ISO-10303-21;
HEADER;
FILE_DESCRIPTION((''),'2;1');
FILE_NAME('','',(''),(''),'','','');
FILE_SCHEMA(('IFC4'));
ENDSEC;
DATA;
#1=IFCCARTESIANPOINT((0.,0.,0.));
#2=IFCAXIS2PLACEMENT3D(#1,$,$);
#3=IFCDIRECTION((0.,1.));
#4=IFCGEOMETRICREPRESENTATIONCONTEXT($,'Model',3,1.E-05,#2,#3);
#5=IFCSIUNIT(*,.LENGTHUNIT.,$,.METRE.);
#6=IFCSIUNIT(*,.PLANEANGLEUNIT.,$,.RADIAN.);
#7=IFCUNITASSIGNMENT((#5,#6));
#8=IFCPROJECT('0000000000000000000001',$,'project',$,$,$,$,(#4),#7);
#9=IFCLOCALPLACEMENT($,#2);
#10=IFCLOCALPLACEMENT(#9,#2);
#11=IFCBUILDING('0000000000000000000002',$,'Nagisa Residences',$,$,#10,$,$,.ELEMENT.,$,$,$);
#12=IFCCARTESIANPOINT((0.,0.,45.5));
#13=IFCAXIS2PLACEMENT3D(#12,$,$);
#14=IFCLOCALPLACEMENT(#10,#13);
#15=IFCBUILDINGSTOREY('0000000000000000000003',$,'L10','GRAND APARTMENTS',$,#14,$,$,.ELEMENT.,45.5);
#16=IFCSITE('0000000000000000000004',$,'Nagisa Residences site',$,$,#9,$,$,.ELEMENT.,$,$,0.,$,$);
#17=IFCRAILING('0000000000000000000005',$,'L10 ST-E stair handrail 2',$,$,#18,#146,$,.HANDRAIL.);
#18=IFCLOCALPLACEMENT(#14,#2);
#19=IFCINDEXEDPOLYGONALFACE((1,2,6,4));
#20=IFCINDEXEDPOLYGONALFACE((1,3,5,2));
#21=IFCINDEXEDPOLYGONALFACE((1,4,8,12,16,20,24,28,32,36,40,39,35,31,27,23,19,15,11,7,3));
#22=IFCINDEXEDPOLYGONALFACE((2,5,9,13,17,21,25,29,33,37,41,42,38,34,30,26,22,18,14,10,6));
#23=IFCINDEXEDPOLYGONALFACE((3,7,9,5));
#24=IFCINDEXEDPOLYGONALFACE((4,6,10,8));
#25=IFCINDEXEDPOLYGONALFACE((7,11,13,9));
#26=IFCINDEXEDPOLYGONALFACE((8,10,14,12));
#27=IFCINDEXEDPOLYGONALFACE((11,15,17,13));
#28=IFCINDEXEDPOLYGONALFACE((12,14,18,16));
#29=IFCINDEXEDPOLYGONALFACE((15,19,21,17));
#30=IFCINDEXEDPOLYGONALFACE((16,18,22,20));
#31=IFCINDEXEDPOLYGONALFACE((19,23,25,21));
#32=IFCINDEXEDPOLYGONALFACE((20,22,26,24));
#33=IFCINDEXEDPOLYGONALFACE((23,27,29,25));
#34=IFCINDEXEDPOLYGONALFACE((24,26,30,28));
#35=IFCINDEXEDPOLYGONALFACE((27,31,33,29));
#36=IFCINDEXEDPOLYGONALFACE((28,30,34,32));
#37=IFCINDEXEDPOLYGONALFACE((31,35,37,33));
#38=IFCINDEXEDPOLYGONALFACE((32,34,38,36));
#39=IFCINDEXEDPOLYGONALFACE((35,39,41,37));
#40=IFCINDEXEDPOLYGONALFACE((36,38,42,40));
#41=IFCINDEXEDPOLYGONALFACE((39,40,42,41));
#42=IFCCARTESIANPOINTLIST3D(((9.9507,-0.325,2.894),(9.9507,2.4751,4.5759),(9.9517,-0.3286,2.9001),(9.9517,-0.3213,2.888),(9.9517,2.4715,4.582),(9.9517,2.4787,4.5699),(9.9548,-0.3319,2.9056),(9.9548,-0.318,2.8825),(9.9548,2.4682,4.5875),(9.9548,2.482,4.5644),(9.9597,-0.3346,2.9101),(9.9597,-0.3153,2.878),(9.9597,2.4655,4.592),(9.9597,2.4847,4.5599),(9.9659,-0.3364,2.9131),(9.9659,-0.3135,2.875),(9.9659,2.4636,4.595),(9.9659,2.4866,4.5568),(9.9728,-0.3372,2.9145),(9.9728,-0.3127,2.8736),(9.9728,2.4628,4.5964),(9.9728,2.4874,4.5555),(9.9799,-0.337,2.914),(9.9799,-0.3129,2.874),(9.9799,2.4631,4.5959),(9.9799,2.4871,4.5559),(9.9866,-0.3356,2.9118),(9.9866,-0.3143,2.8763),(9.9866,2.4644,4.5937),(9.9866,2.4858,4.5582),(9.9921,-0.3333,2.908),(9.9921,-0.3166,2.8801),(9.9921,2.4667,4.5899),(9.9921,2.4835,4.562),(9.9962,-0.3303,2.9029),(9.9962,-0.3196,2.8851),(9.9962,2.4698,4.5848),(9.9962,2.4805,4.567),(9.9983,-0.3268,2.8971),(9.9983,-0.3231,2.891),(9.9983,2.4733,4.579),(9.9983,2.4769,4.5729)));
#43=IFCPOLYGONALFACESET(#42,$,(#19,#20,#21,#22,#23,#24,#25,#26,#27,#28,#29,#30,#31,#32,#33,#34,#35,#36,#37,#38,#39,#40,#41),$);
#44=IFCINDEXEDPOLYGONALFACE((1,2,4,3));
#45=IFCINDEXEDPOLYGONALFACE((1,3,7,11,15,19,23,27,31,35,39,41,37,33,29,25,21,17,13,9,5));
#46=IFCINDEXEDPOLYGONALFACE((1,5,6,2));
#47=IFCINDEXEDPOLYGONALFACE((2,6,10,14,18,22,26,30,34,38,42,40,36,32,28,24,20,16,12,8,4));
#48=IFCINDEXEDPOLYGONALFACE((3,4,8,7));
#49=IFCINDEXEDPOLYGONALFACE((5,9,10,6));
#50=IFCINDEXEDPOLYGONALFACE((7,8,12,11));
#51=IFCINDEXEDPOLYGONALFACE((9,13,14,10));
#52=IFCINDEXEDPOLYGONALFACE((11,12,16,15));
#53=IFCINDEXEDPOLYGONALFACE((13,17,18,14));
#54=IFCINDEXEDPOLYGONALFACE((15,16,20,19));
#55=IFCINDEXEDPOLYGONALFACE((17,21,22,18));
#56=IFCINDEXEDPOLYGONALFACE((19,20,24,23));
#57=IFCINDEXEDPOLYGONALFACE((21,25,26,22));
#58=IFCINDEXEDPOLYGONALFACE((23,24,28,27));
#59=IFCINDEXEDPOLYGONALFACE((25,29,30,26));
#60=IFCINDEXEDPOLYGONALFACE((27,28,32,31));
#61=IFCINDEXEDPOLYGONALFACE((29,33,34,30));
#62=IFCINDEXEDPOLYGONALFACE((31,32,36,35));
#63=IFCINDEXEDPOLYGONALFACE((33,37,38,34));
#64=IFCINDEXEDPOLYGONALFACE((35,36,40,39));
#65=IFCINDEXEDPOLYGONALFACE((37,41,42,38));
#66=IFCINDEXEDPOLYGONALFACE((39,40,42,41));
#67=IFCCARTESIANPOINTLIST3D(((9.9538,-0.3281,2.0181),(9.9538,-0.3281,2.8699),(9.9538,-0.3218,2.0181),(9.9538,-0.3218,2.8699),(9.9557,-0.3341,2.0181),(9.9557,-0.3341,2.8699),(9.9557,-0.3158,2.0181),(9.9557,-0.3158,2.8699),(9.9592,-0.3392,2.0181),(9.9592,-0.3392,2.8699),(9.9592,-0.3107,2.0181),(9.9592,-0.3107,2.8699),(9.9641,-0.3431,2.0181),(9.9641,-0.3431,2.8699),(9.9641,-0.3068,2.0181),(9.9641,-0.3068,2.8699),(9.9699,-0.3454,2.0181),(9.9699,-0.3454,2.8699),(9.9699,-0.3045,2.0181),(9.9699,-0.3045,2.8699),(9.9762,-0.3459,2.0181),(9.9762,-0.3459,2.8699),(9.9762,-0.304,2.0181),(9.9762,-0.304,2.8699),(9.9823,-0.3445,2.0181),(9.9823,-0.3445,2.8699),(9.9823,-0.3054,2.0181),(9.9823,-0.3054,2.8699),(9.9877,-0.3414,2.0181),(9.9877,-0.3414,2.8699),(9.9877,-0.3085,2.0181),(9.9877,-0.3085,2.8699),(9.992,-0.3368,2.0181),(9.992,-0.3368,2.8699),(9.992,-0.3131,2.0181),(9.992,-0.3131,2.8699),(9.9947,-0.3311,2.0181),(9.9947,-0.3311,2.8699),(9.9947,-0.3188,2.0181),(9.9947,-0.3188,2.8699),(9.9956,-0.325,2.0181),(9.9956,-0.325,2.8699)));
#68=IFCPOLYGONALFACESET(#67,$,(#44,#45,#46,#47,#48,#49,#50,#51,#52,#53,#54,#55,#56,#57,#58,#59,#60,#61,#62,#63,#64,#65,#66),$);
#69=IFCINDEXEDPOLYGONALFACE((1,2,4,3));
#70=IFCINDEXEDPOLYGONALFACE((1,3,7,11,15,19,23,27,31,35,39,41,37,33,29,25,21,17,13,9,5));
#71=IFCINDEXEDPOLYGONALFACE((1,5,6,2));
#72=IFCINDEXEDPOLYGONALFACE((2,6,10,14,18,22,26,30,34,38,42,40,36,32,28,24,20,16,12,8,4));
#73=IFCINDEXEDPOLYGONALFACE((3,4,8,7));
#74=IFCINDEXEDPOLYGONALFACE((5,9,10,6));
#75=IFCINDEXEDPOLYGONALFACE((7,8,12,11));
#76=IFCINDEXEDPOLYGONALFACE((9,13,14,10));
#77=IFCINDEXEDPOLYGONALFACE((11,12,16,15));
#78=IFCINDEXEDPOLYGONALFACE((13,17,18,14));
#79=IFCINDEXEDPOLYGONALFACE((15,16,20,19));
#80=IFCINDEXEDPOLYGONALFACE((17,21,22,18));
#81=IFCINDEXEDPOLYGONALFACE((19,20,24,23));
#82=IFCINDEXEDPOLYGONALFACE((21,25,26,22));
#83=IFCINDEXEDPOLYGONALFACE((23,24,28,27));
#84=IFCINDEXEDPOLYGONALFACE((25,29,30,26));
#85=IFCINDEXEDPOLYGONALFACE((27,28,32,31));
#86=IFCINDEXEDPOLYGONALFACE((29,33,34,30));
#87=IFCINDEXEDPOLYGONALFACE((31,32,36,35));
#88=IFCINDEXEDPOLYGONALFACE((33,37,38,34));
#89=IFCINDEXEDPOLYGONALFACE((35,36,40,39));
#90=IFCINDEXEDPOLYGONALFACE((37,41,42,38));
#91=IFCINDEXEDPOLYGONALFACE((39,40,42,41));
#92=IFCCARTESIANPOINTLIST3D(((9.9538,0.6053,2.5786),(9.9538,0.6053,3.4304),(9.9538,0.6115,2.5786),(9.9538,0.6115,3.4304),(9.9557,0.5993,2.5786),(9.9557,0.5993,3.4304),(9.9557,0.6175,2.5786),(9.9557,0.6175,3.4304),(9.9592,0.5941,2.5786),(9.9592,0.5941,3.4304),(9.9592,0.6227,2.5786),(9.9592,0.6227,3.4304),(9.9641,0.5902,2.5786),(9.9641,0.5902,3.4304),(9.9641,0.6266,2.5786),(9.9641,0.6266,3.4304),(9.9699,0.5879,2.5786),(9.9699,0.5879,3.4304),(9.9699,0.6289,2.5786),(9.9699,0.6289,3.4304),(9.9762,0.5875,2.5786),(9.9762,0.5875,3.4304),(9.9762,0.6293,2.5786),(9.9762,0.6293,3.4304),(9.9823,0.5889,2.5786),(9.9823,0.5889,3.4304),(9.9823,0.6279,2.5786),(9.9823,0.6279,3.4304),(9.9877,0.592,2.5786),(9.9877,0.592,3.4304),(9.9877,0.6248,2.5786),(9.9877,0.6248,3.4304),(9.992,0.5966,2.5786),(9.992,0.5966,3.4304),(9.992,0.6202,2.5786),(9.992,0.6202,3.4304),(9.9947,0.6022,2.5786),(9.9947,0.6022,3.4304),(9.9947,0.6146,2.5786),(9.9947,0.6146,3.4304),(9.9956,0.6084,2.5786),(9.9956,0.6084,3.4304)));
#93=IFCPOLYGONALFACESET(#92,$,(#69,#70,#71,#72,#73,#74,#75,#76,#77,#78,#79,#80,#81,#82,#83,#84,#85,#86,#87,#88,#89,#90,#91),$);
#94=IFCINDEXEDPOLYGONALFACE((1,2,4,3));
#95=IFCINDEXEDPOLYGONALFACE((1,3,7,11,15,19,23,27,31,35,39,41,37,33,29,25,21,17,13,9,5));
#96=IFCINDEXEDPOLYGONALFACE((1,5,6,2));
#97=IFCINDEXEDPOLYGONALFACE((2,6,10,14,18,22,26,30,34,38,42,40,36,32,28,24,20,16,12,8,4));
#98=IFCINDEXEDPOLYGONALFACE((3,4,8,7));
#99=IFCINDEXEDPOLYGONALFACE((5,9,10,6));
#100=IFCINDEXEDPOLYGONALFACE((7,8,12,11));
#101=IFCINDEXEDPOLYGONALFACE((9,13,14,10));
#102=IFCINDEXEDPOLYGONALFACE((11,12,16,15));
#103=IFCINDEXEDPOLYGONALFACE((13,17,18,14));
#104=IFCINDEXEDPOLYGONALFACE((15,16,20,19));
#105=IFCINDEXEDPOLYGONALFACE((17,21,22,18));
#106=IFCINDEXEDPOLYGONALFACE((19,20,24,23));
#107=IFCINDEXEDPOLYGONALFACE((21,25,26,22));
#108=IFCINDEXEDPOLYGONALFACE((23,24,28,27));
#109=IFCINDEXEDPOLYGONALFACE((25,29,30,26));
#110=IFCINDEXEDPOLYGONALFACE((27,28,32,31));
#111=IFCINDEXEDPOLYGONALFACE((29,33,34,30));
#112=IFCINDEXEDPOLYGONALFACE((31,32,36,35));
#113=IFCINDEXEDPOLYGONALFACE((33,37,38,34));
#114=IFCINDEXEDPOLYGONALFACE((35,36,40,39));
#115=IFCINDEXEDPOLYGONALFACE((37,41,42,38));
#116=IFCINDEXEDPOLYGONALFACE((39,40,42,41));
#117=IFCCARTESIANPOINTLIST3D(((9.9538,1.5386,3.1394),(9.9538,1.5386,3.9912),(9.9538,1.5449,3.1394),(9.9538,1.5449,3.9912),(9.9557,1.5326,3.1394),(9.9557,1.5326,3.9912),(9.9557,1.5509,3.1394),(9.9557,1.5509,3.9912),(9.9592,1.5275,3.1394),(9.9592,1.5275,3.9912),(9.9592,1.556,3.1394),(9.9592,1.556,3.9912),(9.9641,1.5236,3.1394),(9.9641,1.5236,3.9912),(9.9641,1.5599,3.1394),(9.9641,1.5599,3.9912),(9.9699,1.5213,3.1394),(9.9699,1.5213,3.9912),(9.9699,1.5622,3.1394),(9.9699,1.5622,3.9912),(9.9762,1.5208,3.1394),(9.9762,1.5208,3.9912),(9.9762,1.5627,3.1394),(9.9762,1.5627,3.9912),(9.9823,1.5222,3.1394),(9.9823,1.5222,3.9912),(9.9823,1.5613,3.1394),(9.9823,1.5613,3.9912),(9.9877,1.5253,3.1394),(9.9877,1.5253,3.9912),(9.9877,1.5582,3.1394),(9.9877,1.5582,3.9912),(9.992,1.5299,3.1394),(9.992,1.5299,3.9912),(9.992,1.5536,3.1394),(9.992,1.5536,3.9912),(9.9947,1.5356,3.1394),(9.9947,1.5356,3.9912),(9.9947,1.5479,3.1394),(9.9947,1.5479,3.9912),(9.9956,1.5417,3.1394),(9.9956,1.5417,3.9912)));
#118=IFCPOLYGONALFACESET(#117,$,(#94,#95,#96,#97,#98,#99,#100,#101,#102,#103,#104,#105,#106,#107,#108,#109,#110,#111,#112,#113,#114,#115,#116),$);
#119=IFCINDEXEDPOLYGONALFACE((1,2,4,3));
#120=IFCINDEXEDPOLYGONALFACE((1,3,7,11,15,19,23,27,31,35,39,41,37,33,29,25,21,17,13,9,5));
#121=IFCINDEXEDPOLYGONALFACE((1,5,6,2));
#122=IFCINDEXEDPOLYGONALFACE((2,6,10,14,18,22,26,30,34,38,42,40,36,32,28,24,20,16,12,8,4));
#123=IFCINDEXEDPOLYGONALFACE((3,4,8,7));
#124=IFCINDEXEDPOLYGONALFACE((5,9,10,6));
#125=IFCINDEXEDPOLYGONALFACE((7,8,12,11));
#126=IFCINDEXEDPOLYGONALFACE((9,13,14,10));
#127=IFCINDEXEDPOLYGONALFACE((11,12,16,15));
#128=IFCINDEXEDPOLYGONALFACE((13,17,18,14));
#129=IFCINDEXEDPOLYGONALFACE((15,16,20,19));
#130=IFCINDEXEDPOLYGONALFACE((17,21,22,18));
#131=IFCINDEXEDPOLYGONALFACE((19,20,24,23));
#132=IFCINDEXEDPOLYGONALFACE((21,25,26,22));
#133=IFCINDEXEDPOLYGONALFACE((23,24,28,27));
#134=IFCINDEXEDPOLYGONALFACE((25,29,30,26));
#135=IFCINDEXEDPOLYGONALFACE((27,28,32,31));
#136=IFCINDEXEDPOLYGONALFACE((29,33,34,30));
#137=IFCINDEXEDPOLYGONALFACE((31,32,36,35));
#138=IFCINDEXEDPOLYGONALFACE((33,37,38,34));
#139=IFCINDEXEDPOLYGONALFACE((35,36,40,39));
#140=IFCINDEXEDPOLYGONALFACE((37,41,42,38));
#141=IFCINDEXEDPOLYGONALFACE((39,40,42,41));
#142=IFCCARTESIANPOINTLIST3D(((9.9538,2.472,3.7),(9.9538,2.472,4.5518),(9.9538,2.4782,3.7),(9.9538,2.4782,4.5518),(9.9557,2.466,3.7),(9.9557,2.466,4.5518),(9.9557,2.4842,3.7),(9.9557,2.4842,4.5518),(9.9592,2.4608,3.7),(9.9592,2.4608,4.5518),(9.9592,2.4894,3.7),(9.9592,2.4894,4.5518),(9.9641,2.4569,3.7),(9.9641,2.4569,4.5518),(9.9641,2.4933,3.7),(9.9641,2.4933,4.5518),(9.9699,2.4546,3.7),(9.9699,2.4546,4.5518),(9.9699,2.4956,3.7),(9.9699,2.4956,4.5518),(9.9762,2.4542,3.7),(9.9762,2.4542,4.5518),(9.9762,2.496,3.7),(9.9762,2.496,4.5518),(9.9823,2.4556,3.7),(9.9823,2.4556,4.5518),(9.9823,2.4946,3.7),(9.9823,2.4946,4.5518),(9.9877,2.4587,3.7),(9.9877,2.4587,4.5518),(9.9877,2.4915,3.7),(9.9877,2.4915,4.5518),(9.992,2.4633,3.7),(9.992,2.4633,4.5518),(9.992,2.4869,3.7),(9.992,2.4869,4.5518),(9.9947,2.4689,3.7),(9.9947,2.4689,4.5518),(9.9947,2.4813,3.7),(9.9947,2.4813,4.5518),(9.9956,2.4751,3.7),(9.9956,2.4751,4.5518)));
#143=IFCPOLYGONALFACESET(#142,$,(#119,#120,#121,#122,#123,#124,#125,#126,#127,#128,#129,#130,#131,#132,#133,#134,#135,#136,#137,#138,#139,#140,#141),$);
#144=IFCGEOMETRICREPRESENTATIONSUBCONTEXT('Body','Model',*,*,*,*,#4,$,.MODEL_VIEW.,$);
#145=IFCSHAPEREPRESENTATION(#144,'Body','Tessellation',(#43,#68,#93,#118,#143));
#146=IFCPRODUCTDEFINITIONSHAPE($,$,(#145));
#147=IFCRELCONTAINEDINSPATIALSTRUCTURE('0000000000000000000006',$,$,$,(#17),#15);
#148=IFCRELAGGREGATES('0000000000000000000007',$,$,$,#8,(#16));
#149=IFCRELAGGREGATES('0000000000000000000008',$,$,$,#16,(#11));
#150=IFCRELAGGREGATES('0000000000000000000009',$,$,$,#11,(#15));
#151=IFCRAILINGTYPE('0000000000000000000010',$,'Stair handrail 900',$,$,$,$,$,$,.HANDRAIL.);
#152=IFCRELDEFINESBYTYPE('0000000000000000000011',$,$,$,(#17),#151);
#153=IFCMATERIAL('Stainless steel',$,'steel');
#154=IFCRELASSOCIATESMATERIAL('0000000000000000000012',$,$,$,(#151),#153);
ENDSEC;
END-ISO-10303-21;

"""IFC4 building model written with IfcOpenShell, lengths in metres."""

from ifc_helpers import new_model, si_unit, direction, frame, origin, origin_2d, place, context, subcontext, project, spatial, circle, extrude, material, type_object, element, save


model = new_model("IFC4")

# Units and contexts
model_context = context("Model", 3, precision=1e-05, world=origin(), true_north=direction((0.0, 1.0)))
body_context = subcontext(model_context, "Body", "Model", "MODEL_VIEW")
ifc_project = project(units=[si_unit("LENGTHUNIT", "METRE"), si_unit("PLANEANGLEUNIT", "RADIAN")], contexts=[model_context])

# Site, building, storey
site_placement = place(None, origin())
site = spatial("IfcSite", under=ifc_project, at=site_placement, Name="Nagisa Residences site", CompositionType="ELEMENT", RefElevation=0.0)
building_placement = place(site_placement, origin())
building = spatial("IfcBuilding", under=site, at=building_placement, Name="Nagisa Residences", CompositionType="ELEMENT")
storey_placement = place(building_placement, frame((0.0, 0.0, 45.5)))
storey = spatial("IfcBuildingStorey", under=building, at=storey_placement, Name="L10", Description="GRAND APARTMENTS", CompositionType="ELEMENT", Elevation=45.5)

# Railing
ifc_material_1 = material(Name="Stainless steel", Category="steel")
railing_type = type_object("IfcRailingType", Name="Stair handrail 900", PredefinedType="HANDRAIL", material=ifc_material_1)
railing_1_placement = place(storey_placement, frame((9.9746, -0.325, 2.0181)))
element("IfcRailing", 1, at=railing_1_placement, inside=storey, type_object=railing_type, Name="L10 ST-E stair handrail 2", PredefinedType="HANDRAIL", context=body_context, shape_type="SweptSolid", body=[
    extrude(circle(Radius=0.0239, at=origin_2d()), frame((0.0, 0.0, 0.876), z_axis=(0.0, 0.857242, 0.514913), x_axis=(-1.0, 0.0, 0.0)), (0.0, 0.0, 1.0), 3.2664),
    extrude(circle(Radius=0.021, at=origin_2d()), origin(), (0.0, 0.0, 1.0), 0.8518),
    extrude(circle(Radius=0.021, at=origin_2d()), frame((0.0, 0.9333, 0.5605)), (0.0, 0.0, 1.0), 0.8518),
    extrude(circle(Radius=0.021, at=origin_2d()), frame((0.0, 1.8667, 1.1213)), (0.0, 0.0, 1.0), 0.8518),
    extrude(circle(Radius=0.021, at=origin_2d()), frame((0.0, 2.8, 1.6819)), (0.0, 0.0, 1.0), 0.8518),
])

save(model, "model.ifc")
